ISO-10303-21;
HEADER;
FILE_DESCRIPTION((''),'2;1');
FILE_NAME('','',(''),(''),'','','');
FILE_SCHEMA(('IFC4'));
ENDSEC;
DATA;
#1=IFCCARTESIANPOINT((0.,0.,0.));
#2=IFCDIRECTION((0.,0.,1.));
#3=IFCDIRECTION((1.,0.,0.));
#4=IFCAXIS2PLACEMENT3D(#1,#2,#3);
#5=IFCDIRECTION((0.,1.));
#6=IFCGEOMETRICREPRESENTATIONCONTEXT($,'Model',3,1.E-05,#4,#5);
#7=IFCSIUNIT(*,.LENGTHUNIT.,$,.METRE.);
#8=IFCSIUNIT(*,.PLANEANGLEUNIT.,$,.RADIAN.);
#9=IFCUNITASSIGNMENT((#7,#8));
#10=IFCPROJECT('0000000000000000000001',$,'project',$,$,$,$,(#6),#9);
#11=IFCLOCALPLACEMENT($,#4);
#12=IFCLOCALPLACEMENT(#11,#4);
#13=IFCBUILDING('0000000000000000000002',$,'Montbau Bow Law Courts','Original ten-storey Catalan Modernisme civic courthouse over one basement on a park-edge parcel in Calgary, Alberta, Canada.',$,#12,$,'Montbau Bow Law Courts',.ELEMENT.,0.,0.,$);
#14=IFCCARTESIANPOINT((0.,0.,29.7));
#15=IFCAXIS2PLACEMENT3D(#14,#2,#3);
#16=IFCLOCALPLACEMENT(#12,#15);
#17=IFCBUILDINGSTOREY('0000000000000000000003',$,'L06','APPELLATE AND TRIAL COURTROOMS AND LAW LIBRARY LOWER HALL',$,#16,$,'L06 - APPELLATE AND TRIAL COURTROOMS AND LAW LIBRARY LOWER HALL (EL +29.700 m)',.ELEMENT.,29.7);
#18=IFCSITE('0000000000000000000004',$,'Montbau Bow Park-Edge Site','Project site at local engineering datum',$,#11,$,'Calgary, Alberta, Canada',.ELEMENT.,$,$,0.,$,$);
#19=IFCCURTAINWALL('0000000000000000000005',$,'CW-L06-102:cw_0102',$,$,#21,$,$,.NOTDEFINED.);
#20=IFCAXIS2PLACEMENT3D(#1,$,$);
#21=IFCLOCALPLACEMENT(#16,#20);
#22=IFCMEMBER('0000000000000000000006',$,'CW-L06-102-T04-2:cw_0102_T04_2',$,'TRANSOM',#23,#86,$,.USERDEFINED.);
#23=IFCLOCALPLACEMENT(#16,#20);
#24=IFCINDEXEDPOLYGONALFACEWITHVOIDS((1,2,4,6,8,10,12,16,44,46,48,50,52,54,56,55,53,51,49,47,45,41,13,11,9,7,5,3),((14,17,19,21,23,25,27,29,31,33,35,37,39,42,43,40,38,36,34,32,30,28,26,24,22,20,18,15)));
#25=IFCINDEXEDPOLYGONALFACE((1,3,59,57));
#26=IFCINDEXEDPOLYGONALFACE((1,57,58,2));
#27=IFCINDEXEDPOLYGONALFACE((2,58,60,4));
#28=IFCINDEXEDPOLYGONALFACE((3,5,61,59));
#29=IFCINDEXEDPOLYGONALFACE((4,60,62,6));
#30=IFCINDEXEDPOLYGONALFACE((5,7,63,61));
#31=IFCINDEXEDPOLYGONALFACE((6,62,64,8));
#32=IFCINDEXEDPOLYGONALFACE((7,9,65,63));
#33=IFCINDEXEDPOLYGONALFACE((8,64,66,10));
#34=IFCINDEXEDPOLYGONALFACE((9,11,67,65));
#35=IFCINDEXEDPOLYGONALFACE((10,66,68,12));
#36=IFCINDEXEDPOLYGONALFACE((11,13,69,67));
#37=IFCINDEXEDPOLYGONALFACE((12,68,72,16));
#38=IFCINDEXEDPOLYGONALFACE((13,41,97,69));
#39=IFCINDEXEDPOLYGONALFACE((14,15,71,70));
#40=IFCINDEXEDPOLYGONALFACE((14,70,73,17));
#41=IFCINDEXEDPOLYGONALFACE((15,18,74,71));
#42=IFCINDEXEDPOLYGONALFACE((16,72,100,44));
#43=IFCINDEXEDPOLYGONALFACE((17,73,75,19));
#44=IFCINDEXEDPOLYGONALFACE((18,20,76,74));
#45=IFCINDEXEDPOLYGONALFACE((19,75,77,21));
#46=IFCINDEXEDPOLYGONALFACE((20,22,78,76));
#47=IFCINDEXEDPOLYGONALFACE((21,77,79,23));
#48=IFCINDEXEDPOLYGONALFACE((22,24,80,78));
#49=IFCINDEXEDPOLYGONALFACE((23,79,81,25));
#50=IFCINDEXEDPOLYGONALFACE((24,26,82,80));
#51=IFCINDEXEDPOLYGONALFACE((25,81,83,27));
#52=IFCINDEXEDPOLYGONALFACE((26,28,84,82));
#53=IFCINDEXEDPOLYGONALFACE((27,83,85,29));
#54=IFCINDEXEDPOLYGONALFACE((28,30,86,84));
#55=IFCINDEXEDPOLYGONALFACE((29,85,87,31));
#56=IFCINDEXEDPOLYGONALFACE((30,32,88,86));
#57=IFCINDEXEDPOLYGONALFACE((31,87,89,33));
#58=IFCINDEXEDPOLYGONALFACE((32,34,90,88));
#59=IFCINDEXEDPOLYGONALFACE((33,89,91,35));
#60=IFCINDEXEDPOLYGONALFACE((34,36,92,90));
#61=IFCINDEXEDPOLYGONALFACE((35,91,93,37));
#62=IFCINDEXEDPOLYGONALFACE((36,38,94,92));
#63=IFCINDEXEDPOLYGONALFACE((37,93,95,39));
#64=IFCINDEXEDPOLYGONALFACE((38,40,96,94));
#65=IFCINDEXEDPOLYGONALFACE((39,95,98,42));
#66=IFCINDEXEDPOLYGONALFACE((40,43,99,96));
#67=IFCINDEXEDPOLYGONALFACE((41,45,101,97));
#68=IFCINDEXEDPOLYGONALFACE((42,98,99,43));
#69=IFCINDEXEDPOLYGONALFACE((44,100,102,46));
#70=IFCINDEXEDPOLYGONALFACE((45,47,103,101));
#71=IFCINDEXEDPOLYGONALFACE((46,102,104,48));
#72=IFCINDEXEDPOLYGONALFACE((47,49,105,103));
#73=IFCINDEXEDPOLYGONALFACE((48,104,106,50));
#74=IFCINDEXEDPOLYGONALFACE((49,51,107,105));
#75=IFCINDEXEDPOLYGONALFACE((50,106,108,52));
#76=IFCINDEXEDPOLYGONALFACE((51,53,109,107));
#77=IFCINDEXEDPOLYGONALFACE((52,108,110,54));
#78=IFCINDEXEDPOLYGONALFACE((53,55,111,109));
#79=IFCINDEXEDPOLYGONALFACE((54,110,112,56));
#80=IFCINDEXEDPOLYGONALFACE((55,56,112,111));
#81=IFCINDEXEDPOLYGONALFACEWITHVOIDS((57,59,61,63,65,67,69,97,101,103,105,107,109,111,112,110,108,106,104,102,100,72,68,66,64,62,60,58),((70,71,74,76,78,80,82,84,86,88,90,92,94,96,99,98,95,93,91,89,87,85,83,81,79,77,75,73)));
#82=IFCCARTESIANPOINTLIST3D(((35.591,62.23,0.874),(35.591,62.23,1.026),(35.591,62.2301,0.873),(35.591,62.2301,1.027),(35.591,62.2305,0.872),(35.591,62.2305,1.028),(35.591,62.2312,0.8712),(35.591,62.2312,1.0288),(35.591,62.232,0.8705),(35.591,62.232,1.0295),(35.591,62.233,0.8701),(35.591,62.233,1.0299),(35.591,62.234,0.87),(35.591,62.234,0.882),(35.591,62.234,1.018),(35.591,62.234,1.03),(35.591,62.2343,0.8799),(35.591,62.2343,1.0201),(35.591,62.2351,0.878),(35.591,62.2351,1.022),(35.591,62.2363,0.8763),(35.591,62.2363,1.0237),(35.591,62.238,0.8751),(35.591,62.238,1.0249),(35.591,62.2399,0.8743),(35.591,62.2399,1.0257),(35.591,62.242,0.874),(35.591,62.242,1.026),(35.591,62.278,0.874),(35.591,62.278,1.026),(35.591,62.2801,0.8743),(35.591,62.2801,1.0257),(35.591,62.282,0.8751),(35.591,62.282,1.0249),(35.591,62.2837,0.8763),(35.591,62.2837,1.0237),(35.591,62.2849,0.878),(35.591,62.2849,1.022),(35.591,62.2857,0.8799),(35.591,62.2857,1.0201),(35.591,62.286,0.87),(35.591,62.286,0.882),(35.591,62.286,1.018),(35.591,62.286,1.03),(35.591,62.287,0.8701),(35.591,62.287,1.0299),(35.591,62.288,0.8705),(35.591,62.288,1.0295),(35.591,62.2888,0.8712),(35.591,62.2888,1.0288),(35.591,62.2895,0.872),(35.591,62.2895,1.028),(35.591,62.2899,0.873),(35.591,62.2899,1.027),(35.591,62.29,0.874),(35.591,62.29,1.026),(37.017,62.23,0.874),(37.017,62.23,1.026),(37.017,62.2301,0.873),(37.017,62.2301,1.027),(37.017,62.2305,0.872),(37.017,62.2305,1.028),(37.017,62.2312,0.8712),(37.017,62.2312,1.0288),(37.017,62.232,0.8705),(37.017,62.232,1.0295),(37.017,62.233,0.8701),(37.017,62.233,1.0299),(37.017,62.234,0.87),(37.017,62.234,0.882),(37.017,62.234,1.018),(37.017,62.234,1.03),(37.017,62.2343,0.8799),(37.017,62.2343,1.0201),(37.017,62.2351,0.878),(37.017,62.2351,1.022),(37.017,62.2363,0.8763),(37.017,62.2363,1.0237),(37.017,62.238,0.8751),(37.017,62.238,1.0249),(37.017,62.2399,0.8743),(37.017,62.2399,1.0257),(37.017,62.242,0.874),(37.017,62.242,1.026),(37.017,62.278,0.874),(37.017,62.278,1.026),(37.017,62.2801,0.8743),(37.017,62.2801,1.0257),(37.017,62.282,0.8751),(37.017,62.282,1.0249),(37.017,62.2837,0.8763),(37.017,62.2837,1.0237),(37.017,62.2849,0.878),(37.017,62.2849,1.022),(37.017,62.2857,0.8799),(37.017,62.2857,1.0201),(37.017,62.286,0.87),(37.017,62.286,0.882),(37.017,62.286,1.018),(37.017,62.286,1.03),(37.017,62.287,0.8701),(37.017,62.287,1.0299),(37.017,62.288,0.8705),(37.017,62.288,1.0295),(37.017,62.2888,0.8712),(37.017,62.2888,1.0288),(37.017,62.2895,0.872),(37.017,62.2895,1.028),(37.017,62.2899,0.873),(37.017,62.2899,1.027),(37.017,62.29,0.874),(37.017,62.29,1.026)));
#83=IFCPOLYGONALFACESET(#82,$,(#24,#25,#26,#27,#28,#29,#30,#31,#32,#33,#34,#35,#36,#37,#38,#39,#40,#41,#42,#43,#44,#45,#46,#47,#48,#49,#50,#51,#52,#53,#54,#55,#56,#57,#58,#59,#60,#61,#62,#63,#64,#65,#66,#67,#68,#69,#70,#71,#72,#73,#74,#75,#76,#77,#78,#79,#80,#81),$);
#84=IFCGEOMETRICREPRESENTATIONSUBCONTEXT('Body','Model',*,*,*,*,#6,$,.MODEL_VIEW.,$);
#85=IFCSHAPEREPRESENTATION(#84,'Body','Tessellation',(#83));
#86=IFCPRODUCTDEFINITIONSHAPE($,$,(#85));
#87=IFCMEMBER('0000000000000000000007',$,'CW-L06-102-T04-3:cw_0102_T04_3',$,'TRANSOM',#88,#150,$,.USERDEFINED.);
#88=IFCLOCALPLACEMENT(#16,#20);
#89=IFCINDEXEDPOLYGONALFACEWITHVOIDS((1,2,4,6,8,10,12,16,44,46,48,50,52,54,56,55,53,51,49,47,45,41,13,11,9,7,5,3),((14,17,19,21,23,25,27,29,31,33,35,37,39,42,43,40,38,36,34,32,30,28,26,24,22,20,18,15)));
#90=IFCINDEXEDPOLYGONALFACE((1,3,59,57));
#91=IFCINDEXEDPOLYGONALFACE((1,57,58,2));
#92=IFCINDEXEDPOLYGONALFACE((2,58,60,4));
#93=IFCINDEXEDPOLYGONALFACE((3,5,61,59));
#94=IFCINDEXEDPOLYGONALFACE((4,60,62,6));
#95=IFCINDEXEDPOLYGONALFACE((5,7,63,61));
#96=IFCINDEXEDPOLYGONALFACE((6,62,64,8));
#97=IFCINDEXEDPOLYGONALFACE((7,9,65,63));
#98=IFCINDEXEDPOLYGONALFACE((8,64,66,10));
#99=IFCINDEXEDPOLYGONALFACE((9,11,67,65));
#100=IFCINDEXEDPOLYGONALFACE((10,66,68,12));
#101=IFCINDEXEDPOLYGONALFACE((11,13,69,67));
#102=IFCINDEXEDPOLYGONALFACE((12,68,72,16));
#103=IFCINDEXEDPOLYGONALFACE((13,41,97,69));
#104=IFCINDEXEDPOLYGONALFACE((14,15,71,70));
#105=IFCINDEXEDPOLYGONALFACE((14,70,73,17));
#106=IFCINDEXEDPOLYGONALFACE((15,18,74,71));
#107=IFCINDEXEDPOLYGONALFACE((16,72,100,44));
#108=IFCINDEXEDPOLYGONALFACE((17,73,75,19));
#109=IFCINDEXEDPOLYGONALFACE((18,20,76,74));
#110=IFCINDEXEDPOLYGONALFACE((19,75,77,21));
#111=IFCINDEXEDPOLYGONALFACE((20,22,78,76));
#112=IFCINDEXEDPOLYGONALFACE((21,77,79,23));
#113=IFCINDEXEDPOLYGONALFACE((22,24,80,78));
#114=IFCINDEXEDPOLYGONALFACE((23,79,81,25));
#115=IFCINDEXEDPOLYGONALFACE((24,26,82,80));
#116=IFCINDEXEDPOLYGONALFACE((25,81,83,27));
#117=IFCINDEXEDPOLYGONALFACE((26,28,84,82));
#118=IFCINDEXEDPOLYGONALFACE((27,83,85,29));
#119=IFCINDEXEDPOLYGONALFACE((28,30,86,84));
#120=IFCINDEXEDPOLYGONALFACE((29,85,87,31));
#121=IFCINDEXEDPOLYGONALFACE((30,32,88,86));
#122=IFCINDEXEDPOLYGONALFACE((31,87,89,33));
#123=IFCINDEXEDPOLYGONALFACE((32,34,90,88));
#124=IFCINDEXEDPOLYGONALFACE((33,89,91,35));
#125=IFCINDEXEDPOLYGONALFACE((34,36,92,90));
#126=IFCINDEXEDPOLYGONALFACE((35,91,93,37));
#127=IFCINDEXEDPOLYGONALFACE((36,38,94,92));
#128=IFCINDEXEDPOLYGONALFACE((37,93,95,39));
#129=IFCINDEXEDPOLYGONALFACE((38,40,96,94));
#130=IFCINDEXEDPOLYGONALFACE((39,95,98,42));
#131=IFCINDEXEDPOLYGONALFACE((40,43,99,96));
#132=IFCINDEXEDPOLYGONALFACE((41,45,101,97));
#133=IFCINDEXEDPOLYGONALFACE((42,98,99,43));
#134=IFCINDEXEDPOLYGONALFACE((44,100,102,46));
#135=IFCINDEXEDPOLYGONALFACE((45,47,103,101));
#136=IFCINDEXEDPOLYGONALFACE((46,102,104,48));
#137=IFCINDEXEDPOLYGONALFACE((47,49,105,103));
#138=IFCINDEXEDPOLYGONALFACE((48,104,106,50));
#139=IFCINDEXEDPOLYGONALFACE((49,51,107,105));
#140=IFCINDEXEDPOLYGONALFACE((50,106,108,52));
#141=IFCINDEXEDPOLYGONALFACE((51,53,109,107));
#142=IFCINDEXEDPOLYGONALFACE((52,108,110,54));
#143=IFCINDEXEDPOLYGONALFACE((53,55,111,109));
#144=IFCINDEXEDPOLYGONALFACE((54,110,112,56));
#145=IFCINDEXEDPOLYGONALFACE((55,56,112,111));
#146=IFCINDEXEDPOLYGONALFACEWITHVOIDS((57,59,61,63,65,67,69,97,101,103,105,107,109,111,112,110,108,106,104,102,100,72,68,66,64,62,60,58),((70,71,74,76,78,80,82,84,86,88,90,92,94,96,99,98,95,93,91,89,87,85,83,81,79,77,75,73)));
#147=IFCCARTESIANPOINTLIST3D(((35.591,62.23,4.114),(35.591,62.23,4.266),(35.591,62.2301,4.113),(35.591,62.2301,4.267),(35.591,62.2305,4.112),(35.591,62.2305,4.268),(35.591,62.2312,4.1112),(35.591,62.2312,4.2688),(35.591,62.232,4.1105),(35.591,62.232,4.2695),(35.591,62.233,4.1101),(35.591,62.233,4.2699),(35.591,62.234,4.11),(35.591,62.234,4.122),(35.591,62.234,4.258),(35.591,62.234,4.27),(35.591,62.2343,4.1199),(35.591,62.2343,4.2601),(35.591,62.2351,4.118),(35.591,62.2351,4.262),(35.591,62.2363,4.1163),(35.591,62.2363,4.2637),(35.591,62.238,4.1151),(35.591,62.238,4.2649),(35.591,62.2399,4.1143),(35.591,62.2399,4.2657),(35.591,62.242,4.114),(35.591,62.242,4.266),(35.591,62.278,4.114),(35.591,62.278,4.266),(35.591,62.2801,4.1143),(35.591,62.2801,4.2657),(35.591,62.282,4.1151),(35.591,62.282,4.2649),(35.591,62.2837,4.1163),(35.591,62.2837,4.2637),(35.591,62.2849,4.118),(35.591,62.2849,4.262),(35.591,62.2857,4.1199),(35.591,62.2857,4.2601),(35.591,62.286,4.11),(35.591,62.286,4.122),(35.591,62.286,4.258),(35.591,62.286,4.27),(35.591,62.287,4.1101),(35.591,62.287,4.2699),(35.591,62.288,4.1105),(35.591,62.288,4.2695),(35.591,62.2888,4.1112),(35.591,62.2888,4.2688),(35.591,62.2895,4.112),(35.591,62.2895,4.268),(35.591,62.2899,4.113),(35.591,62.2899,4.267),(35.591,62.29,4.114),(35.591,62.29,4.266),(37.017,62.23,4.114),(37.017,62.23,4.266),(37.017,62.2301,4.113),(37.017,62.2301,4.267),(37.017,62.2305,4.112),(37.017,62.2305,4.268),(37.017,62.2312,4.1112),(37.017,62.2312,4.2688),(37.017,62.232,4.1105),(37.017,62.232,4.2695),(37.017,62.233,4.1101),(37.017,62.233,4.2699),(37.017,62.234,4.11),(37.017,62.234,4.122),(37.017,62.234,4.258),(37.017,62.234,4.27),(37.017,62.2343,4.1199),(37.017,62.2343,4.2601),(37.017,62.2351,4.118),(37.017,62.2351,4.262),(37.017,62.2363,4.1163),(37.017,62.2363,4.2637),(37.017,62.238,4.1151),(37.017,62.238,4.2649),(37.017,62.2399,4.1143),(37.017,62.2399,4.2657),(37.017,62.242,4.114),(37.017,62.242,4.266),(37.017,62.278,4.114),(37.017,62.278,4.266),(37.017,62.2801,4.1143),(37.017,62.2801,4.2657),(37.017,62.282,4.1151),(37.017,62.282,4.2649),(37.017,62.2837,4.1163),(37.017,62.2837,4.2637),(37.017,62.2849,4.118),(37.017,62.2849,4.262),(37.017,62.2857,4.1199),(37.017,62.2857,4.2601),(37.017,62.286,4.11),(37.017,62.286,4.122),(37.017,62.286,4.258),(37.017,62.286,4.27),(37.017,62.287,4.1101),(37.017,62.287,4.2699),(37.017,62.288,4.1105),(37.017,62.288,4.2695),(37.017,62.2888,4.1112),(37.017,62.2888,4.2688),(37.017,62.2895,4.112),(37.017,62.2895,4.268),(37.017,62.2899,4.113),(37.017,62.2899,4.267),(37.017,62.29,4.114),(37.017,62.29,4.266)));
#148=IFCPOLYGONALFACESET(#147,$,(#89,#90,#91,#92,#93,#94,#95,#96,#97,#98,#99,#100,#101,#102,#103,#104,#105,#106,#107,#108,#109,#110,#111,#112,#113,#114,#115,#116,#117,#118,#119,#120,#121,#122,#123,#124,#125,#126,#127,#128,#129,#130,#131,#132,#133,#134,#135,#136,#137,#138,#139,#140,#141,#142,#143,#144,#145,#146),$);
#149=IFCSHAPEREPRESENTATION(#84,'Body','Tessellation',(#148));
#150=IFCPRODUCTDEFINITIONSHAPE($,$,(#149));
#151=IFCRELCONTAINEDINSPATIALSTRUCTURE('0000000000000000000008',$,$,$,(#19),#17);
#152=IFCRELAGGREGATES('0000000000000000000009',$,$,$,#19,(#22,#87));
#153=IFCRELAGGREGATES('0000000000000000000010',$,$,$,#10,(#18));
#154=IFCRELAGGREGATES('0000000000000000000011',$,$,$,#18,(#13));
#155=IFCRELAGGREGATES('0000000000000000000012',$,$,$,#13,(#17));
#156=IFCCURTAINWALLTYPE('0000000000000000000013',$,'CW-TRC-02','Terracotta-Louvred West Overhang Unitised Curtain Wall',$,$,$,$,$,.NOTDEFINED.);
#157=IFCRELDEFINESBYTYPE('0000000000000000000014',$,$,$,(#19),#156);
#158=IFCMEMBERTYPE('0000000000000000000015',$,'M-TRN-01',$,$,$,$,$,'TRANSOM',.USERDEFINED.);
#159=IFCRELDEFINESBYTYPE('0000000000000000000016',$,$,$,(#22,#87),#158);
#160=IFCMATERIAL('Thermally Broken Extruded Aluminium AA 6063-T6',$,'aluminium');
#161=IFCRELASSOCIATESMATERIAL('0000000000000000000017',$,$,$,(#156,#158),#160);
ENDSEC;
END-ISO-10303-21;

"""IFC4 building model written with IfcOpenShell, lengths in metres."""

from ifc_helpers import new_model, si_unit, direction, frame, origin_with_axes, origin_2d_with_axis, place, context, subcontext, project, spatial, hollow_rectangle, extrude, material, material_profile, profile_set, type_object, element, aggregate, save


model = new_model("IFC4")

# Units and contexts
model_context = context("Model", 3, precision=1e-05, world=origin_with_axes(), true_north=direction((0.0, 1.0)))
body_context = subcontext(model_context, "Body", "Model", "MODEL_VIEW")
ifc_project = project(units=[si_unit("LENGTHUNIT", "METRE"), si_unit("PLANEANGLEUNIT", "RADIAN")], contexts=[model_context])

# Site, building, storey
site_placement = place(None, origin_with_axes())
site = spatial("IfcSite", under=ifc_project, at=site_placement, Name="Montbau Bow Park-Edge Site", Description="Project site at local engineering datum", LongName="Calgary, Alberta, Canada", CompositionType="ELEMENT", RefElevation=0.0)
building_placement = place(site_placement, origin_with_axes())
building = spatial("IfcBuilding", under=site, at=building_placement, Name="Montbau Bow Law Courts", Description="Original ten-storey Catalan Modernisme civic courthouse over one basement on a park-edge parcel in Calgary, Alberta, Canada.", LongName="Montbau Bow Law Courts", CompositionType="ELEMENT", ElevationOfRefHeight=0.0, ElevationOfTerrain=0.0)
storey_placement = place(building_placement, frame((0.0, 0.0, 29.7), z_axis=(0.0, 0.0, 1.0), x_axis=(1.0, 0.0, 0.0)))
storey = spatial("IfcBuildingStorey", under=building, at=storey_placement, Name="L06", Description="APPELLATE AND TRIAL COURTROOMS AND LAW LIBRARY LOWER HALL", LongName="L06 - APPELLATE AND TRIAL COURTROOMS AND LAW LIBRARY LOWER HALL (EL +29.700 m)", CompositionType="ELEMENT", Elevation=29.7)

# Curtain wall
ifc_material_1 = material(Name="Thermally Broken Extruded Aluminium AA 6063-T6", Category="aluminium")
curtain_wall_type = type_object("IfcCurtainWallType", Name="CW-TRC-02", Description="Terracotta-Louvred West Overhang Unitised Curtain Wall", PredefinedType="NOTDEFINED", material=ifc_material_1)
curtain_wall_1_placement = place(None, frame((31.04, 62.26, 29.7), z_axis=(0.0, 0.0, 1.0), x_axis=(1.0, 0.0, 0.0)))
curtain_wall_1 = element("IfcCurtainWall", 1, at=curtain_wall_1_placement, inside=storey, type_object=curtain_wall_type, Name="CW-L06-102:cw_0102", PredefinedType="NOTDEFINED")

# Members
ifc_material_profile_1 = material_profile(ifc_material_1, hollow_rectangle(XDim=0.06, YDim=0.16, WallThickness=0.004, InnerFilletRadius=0.008, OuterFilletRadius=0.004, at=origin_2d_with_axis()), Name="CWT-160X60", Category="Main", Priority=0)
ifc_profile_set_1 = profile_set([ifc_material_profile_1], Name="Thermally Broken Extruded Aluminium AA 6063-T6")
member_type_1 = type_object("IfcMemberType", Name="M-TRN-01", ElementType="TRANSOM", PredefinedType="USERDEFINED", material=ifc_profile_set_1)
member_1_placement = place(None, frame((35.591, 62.26, 30.65), z_axis=(1.0, 0.0, 0.0), x_axis=(0.0, 1.0, 0.0)))
member_1 = element("IfcMember", 2, at=member_1_placement, type_object=member_type_1, Name="CW-L06-102-T04-2:cw_0102_T04_2", ObjectType="TRANSOM", PredefinedType="USERDEFINED", context=body_context, shape_type="SweptSolid", body=[
    extrude(hollow_rectangle(XDim=0.06, YDim=0.16, WallThickness=0.004, InnerFilletRadius=0.008, OuterFilletRadius=0.004, at=origin_2d_with_axis()), origin_with_axes(), (0.0, 0.0, 1.0), 1.426),
])
member_2_placement = place(None, frame((35.591, 62.26, 33.89), z_axis=(1.0, 0.0, 0.0), x_axis=(0.0, 1.0, 0.0)))
member_2 = element("IfcMember", 3, at=member_2_placement, type_object=member_type_1, Name="CW-L06-102-T04-3:cw_0102_T04_3", ObjectType="TRANSOM", PredefinedType="USERDEFINED", context=body_context, shape_type="SweptSolid", body=[
    extrude(hollow_rectangle(XDim=0.06, YDim=0.16, WallThickness=0.004, InnerFilletRadius=0.008, OuterFilletRadius=0.004, at=origin_2d_with_axis()), origin_with_axes(), (0.0, 0.0, 1.0), 1.426),
])

aggregate(curtain_wall_1, [member_1, member_2])

save(model, "model.ifc")
